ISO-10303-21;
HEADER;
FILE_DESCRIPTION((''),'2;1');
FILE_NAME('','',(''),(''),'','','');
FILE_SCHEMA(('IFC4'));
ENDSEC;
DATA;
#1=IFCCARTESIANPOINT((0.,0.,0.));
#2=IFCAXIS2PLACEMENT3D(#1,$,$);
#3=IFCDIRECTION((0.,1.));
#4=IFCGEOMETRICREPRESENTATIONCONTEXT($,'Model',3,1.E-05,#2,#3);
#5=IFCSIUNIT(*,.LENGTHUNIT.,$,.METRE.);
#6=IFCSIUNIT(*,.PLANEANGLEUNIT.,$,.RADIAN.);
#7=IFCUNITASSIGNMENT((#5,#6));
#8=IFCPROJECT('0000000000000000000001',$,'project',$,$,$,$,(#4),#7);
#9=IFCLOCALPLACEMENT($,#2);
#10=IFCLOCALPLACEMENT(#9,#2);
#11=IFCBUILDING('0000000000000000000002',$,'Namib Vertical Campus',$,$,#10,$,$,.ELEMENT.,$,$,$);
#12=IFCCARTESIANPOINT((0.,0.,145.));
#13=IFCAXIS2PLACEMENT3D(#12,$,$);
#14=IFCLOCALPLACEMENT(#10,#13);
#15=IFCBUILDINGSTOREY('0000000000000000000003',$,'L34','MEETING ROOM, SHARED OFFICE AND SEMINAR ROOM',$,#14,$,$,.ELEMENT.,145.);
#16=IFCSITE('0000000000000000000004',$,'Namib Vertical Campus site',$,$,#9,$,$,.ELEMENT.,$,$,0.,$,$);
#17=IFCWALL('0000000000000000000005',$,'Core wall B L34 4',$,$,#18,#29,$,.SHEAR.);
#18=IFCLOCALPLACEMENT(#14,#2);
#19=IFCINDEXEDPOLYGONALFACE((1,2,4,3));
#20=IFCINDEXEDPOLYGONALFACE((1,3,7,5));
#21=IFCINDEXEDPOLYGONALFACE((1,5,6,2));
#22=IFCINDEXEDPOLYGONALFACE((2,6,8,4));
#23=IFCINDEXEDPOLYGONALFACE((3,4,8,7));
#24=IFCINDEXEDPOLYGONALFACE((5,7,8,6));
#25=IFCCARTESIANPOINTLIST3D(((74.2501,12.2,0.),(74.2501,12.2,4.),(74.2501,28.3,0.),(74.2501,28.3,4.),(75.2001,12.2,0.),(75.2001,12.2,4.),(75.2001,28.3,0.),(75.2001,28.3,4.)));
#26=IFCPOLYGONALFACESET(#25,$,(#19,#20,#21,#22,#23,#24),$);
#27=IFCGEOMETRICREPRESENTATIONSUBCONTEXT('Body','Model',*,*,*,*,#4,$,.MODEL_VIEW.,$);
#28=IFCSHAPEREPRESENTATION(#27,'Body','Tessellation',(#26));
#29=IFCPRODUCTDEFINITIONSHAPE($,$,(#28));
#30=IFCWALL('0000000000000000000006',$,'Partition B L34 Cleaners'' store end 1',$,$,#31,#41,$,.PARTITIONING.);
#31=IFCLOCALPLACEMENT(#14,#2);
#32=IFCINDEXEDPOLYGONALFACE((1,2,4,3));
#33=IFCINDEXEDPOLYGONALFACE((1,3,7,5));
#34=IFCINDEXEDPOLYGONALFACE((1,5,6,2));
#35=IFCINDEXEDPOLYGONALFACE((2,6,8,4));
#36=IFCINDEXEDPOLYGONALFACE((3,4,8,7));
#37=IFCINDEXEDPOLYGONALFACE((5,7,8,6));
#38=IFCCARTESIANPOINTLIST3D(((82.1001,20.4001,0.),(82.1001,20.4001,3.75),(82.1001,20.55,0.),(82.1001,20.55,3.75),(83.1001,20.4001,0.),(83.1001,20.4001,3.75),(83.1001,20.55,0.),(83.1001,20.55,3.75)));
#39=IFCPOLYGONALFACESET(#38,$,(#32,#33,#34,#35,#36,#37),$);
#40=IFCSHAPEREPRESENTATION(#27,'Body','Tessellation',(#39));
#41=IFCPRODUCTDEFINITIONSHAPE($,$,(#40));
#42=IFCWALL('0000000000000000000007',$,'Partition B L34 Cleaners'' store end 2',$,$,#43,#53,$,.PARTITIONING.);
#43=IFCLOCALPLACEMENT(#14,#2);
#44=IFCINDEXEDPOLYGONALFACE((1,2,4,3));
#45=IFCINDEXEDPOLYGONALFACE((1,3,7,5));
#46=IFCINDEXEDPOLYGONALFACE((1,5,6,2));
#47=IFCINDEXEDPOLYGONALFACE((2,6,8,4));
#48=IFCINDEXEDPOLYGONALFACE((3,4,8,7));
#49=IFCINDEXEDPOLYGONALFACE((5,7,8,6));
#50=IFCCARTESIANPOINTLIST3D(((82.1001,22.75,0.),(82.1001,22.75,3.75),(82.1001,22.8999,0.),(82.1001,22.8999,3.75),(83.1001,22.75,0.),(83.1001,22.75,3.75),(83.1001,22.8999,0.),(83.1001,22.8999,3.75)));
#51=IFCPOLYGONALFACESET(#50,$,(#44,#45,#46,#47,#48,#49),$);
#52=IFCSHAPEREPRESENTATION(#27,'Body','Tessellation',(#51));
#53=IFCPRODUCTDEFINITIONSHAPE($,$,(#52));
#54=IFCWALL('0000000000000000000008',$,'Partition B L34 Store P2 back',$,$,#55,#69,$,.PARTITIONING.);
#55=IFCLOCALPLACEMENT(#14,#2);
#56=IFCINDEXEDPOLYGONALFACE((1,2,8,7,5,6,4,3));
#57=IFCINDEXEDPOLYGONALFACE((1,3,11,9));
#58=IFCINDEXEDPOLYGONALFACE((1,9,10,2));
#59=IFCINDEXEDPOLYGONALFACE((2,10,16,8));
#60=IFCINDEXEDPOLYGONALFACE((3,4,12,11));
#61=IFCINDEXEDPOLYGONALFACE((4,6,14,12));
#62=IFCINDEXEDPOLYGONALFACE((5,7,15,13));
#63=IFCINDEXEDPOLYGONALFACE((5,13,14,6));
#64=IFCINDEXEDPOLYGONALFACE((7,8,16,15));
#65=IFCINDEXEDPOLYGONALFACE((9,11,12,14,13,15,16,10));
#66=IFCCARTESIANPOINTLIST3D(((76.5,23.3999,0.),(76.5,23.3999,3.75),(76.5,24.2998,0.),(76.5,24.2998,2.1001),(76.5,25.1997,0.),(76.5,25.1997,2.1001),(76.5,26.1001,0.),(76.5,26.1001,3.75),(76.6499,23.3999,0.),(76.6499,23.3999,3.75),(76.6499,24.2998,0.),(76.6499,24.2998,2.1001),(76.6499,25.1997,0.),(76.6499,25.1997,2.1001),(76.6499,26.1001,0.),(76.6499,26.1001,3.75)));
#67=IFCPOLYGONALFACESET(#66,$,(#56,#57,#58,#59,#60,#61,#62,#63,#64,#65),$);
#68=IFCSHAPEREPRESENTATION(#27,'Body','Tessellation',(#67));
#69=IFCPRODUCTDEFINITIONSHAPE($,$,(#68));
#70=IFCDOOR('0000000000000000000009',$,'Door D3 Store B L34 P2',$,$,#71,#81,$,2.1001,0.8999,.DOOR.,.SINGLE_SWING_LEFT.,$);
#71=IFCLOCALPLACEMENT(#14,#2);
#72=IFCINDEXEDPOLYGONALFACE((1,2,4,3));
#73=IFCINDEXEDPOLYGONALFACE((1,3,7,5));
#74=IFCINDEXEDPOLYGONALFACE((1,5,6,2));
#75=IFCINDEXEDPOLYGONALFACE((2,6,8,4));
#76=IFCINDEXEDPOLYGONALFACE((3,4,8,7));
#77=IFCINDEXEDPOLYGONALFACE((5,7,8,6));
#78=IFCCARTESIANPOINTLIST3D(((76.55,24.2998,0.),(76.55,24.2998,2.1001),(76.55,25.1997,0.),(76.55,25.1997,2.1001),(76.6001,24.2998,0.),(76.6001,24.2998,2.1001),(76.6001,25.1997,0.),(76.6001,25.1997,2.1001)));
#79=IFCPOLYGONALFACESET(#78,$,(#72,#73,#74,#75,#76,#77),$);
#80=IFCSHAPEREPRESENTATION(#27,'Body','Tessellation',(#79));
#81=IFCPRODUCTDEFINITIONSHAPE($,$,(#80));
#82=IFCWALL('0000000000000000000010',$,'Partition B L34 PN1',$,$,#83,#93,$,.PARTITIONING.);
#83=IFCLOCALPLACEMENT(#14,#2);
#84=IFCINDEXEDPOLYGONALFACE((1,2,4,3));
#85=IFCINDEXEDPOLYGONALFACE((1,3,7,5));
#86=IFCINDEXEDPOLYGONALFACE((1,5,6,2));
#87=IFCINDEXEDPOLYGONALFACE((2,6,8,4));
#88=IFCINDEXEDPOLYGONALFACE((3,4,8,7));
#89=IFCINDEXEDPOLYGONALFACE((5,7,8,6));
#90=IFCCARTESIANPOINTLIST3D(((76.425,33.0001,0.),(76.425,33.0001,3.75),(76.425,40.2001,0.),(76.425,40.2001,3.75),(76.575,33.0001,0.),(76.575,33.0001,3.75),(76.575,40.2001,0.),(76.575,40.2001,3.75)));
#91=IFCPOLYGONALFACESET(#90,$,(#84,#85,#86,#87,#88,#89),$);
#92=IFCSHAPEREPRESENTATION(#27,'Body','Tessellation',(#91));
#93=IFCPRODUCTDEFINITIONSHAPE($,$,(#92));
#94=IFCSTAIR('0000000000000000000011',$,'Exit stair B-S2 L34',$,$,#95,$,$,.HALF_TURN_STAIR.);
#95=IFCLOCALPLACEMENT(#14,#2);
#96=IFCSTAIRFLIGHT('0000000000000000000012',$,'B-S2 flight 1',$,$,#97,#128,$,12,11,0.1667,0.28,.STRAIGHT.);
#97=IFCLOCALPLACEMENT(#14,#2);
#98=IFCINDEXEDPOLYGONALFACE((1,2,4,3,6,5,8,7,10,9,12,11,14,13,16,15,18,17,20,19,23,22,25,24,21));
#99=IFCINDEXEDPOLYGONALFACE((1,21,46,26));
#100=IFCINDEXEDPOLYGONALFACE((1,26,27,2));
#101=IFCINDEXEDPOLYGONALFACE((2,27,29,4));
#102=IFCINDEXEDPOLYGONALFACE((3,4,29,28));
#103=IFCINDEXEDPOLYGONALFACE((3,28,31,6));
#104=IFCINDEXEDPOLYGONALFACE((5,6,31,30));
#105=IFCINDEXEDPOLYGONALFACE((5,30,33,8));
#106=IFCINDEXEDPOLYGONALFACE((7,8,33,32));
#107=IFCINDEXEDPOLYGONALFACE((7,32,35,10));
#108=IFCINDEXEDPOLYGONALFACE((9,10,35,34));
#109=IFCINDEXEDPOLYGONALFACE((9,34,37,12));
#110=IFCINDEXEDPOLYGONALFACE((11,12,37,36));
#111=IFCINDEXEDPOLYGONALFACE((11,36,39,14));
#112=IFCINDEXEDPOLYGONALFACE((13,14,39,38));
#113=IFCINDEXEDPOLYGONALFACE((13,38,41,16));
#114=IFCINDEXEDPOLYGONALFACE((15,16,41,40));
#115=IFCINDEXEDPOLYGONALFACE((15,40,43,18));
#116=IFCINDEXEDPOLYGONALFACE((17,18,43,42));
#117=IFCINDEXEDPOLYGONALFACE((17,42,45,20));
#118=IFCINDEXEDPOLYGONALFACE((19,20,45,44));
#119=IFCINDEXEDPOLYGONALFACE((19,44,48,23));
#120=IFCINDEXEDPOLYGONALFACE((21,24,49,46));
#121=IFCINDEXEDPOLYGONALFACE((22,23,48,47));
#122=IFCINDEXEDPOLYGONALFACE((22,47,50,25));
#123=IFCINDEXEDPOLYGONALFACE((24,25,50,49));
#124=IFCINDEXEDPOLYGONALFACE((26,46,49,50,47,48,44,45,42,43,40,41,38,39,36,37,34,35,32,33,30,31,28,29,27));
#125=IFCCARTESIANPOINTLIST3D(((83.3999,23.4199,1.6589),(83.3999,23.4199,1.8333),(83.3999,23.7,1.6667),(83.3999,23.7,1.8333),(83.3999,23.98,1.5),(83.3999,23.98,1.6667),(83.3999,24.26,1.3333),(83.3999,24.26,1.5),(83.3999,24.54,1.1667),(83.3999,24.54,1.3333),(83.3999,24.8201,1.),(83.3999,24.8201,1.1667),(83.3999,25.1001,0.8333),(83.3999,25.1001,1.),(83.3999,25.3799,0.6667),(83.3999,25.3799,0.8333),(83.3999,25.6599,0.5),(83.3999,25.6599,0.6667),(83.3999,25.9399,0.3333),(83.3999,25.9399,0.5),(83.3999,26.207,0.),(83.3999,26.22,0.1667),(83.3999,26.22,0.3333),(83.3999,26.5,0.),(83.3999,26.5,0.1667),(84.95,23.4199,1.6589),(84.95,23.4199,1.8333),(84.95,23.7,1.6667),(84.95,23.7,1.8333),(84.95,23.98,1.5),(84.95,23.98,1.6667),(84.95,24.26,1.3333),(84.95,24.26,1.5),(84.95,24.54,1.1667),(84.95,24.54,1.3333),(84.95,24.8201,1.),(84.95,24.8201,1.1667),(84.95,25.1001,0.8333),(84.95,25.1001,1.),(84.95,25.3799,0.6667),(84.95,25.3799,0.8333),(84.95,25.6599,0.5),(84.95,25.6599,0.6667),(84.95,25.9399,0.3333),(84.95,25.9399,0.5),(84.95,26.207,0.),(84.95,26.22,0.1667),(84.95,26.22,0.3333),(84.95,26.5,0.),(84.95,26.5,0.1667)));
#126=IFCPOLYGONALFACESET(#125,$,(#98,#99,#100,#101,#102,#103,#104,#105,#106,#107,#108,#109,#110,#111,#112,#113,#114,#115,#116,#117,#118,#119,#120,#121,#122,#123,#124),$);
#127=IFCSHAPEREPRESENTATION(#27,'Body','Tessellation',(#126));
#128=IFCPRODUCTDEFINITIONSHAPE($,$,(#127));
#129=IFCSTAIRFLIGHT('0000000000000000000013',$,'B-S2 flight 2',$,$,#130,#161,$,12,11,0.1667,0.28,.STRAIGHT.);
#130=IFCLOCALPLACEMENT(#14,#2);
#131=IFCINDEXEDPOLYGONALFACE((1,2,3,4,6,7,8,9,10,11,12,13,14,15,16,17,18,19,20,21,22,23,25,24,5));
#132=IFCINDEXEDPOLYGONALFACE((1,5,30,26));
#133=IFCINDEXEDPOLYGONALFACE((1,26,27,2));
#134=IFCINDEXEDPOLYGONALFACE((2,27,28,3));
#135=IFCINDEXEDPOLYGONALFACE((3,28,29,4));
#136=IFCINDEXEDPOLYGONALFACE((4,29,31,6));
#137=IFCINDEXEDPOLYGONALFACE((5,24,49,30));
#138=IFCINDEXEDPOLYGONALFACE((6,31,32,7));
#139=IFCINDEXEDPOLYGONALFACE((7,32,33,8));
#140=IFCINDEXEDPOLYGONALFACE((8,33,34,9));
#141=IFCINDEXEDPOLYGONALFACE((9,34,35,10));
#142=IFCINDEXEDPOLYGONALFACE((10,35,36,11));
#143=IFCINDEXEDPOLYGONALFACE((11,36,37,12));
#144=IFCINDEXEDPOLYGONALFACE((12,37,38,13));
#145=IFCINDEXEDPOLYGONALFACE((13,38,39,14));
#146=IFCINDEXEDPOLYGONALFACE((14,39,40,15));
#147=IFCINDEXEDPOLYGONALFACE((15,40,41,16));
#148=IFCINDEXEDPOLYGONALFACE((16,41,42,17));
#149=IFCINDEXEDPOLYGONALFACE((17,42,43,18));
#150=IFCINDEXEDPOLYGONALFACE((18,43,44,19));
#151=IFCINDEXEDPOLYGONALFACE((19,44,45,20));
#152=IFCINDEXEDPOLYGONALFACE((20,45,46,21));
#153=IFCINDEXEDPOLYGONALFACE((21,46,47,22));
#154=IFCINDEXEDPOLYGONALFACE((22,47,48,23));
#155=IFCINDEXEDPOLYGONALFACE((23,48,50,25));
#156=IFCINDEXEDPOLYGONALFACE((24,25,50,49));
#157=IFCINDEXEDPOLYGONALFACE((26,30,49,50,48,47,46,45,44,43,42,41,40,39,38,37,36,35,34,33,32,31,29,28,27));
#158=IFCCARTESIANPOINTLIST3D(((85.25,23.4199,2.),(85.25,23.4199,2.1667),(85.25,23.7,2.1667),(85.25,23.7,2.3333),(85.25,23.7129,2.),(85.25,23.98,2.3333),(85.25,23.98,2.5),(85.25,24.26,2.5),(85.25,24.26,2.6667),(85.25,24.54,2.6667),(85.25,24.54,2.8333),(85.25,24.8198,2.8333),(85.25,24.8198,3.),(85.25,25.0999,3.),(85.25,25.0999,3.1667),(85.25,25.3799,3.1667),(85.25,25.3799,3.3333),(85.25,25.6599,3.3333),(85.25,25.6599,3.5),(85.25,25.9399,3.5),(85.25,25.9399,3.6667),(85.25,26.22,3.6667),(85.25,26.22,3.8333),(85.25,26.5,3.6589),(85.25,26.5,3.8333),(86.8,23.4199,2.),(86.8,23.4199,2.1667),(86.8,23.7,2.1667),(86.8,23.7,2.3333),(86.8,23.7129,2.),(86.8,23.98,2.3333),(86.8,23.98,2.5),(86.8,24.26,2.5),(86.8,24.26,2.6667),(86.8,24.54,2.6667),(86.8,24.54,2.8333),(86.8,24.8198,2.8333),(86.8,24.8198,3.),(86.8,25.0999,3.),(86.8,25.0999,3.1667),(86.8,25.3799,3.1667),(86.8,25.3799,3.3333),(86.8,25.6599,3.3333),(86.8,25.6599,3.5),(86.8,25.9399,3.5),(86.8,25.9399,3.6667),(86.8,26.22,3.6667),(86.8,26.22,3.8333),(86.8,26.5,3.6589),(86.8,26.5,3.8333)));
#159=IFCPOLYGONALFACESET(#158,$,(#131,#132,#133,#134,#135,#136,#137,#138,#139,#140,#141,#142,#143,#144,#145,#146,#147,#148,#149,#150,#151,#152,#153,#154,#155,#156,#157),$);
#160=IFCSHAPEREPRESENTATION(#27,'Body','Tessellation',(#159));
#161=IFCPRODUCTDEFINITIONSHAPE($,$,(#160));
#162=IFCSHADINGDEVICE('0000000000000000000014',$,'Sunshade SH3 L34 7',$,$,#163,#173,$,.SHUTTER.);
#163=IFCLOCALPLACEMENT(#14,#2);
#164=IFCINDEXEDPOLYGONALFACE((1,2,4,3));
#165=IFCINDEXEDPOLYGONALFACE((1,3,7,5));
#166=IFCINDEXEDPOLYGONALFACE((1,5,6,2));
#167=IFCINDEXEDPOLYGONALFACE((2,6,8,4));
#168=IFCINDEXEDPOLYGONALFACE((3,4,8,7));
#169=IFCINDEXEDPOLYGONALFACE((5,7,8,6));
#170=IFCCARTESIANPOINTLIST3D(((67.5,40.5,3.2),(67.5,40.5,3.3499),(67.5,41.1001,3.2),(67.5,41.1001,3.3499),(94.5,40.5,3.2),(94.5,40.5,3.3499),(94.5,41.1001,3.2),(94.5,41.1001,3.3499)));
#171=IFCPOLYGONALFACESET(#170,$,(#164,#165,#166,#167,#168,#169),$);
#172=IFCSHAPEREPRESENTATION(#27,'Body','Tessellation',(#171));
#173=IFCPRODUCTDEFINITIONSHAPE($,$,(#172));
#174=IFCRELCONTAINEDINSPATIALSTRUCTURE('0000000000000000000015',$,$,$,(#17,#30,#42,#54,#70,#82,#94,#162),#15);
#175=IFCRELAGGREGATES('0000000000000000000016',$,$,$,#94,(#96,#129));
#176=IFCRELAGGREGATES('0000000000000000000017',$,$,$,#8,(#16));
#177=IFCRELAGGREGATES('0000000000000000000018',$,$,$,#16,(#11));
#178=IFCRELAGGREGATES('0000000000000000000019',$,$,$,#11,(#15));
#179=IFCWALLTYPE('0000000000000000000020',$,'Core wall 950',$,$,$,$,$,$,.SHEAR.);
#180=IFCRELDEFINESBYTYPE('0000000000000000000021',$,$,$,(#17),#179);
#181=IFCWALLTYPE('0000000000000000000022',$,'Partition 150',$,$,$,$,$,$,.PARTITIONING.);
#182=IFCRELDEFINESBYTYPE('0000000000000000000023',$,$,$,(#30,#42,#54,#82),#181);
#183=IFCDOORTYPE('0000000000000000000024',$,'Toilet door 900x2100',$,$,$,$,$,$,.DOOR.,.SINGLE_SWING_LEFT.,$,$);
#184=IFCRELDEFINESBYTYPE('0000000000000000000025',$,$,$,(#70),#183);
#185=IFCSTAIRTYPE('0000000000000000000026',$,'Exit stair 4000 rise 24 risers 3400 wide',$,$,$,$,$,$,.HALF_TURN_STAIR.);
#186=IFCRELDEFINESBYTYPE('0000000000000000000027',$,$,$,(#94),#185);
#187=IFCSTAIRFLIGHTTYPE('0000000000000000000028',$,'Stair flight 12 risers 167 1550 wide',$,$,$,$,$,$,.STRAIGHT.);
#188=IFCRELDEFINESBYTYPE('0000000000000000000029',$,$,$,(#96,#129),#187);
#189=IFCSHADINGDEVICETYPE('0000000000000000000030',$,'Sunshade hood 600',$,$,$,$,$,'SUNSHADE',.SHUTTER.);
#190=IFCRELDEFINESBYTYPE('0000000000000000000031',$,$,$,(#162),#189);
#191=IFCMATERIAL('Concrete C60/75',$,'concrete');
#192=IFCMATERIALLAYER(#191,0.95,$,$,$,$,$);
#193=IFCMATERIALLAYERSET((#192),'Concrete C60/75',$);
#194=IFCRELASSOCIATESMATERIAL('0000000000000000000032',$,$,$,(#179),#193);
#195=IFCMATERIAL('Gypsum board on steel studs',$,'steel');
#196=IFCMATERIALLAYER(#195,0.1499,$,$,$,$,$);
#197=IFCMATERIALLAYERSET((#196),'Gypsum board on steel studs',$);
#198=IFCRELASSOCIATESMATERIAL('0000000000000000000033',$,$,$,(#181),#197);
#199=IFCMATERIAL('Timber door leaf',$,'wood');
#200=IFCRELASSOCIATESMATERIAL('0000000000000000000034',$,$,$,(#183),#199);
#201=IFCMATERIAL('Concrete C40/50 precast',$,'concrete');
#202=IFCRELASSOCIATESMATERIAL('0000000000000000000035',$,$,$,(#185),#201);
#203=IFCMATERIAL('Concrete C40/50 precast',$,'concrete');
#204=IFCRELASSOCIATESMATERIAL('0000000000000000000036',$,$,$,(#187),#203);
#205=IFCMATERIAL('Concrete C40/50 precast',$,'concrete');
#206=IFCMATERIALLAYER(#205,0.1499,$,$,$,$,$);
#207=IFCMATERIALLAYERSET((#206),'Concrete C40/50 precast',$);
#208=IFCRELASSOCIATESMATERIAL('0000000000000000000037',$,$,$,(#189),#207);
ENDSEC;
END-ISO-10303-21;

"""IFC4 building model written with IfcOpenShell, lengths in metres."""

from ifc_helpers import new_model, si_unit, direction, frame, frame_2d, origin, origin_2d, place, context, subcontext, project, spatial, polyline, rectangle, outline, extrude, material, layer, layer_set, type_object, element, fill, aggregate, save


model = new_model("IFC4")

# Units and contexts
model_context = context("Model", 3, precision=1e-05, world=origin(), true_north=direction((0.0, 1.0)))
body_context = subcontext(model_context, "Body", "Model", "MODEL_VIEW")
ifc_project = project(units=[si_unit("LENGTHUNIT", "METRE"), si_unit("PLANEANGLEUNIT", "RADIAN")], contexts=[model_context])

# Site, building, storey
site_placement = place(None, origin())
site = spatial("IfcSite", under=ifc_project, at=site_placement, Name="Namib Vertical Campus site", CompositionType="ELEMENT", RefElevation=0.0)
building_placement = place(site_placement, origin())
building = spatial("IfcBuilding", under=site, at=building_placement, Name="Namib Vertical Campus", CompositionType="ELEMENT")
storey_placement = place(building_placement, frame((0.0, 0.0, 145.0)))
storey = spatial("IfcBuildingStorey", under=building, at=storey_placement, Name="L34", Description="MEETING ROOM, SHARED OFFICE AND SEMINAR ROOM", CompositionType="ELEMENT", Elevation=145.0)

# Shared definitions
ifc_material_1 = material(Name="Concrete C60/75", Category="concrete")
ifc_layer_1 = layer(ifc_material_1, 0.95)
ifc_layer_set_1 = layer_set([ifc_layer_1], Name="Concrete C60/75")
wall_type_1 = type_object("IfcWallType", Name="Core wall 950", PredefinedType="SHEAR", material=ifc_layer_set_1)

# Walls
wall_1_placement = place(storey_placement, frame((74.7251, 28.3, 0.0), z_axis=(0.0, 0.0, 1.0), x_axis=(0.0, -1.0, 0.0)))
element("IfcWall", 1, at=wall_1_placement, inside=storey, type_object=wall_type_1, Name="Core wall B L34 4", PredefinedType="SHEAR", context=body_context, shape_type="SweptSolid", body=[
    extrude(rectangle(XDim=16.1001, YDim=0.95, at=frame_2d((8.05, 0.0))), origin(), (0.0, 0.0, 1.0), 4.0),
])
ifc_material_2 = material(Name="Gypsum board on steel studs", Category="steel")
ifc_layer_2 = layer(ifc_material_2, 0.1499)
ifc_layer_set_2 = layer_set([ifc_layer_2], Name="Gypsum board on steel studs")
wall_type_2 = type_object("IfcWallType", Name="Partition 150", PredefinedType="PARTITIONING", material=ifc_layer_set_2)
for number, where, z_axis, x_axis, name in (
    (2, (82.1001, 20.4751, 0.0), (0.0, 0.0, 1.0), (1.0, 0.0, 0.0), "Partition B L34 Cleaners' store end 1"),
    (3, (82.1001, 22.825, 0.0), (0.0, 0.0, 1.0), (1.0, 0.0, 0.0), "Partition B L34 Cleaners' store end 2"),
):
    element("IfcWall", number, at=place(storey_placement, frame(where, z_axis=z_axis, x_axis=x_axis)), inside=storey, type_object=wall_type_2, Name=name, PredefinedType="PARTITIONING", context=body_context, shape_type="SweptSolid", body=[
        extrude(rectangle(XDim=1.0, YDim=0.1499, at=frame_2d((0.5, 0.0))), origin(), (0.0, 0.0, 1.0), 3.75),
    ])

# Wall, opening, door
wall_2_placement = place(storey_placement, frame((76.575, 23.3999, 0.0), z_axis=(0.0, 0.0, 1.0), x_axis=(0.0, 1.0, 0.0)))
wall_2 = element("IfcWall", 4, at=wall_2_placement, inside=storey, type_object=wall_type_2, Name="Partition B L34 Store P2 back", PredefinedType="PARTITIONING", context=body_context, shape_type="SweptSolid", body=[
    extrude(rectangle(XDim=2.7002, YDim=0.1499, at=frame_2d((1.3501, 0.0))), origin(), (0.0, 0.0, 1.0), 3.75),
])
opening_1_placement = place(wall_2_placement, frame((0.8999, 0.0, 0.0)))
opening_1 = element("IfcOpeningElement", 5, at=opening_1_placement, cuts=wall_2, PredefinedType="OPENING", context=body_context, shape_type="SweptSolid", body=[
    extrude(rectangle(XDim=0.8999, YDim=2.1001, at=frame_2d((0.45, 1.05))), frame((0.0, 0.085, 0.0), z_axis=(0.0, -1.0, 0.0), x_axis=(1.0, 0.0, 0.0)), (0.0, 0.0, 1.0), 0.1699),
])
ifc_material_3 = material(Name="Timber door leaf", Category="wood")
door_type_1 = type_object("IfcDoorType", Name="Toilet door 900x2100", OperationType="SINGLE_SWING_LEFT", PredefinedType="DOOR", material=ifc_material_3)
door_1_placement = place(opening_1_placement, origin())
door_1 = element("IfcDoor", 6, at=door_1_placement, inside=storey, type_object=door_type_1, Name="Door D3 Store B L34 P2", OperationType="SINGLE_SWING_LEFT", OverallHeight=2.1001, OverallWidth=0.8999, PredefinedType="DOOR", context=body_context, shape_type="SweptSolid", body=[
    extrude(rectangle(XDim=0.8999, YDim=2.1001, at=frame_2d((0.45, 1.05))), frame((0.0, 0.0249, 0.0), z_axis=(0.0, -1.0, 0.0), x_axis=(1.0, 0.0, 0.0)), (0.0, 0.0, 1.0), 0.05),
])
fill(opening_1, door_1)

# Wall
wall_3_placement = place(storey_placement, frame((76.5, 33.0, 0.0), z_axis=(0.0, 0.0, 1.0), x_axis=(0.0, 1.0, 0.0)))
element("IfcWall", 7, at=wall_3_placement, inside=storey, type_object=wall_type_2, Name="Partition B L34 PN1", PredefinedType="PARTITIONING", context=body_context, shape_type="SweptSolid", body=[
    extrude(rectangle(XDim=7.2, YDim=0.1499, at=frame_2d((3.6001, 0.0))), origin(), (0.0, 0.0, 1.0), 3.75),
])

# Stair, stair flights
ifc_material_4 = material(Name="Concrete C40/50 precast", Category="concrete")
stair_type = type_object("IfcStairType", Name="Exit stair 4000 rise 24 risers 3400 wide", PredefinedType="HALF_TURN_STAIR", material=ifc_material_4)
stair_placement = place(storey_placement, origin())
stair = element("IfcStair", 8, at=stair_placement, inside=storey, type_object=stair_type, Name="Exit stair B-S2 L34", PredefinedType="HALF_TURN_STAIR")
ifc_material_5 = material(Name="Concrete C40/50 precast", Category="concrete")
stair_flight_type = type_object("IfcStairFlightType", Name="Stair flight 12 risers 167 1550 wide", PredefinedType="STRAIGHT", material=ifc_material_5)
stair_flight_1_placement = place(storey_placement, frame((84.175, 26.5, 0.0), z_axis=(0.0, 0.0, 1.0), x_axis=(0.0, -1.0, 0.0)))
stair_flight_1 = element("IfcStairFlight", 9, at=stair_flight_1_placement, type_object=stair_flight_type, Name="B-S2 flight 1", NumberOfRisers=12, NumberOfTreads=11, PredefinedType="STRAIGHT", RiserHeight=0.1667, TreadLength=0.28, context=body_context, shape_type="SweptSolid", body=[
    extrude(outline(polyline([(0.0, 0.0), (0.0, 0.1667), (0.28, 0.1667), (0.28, 0.3333), (0.5601, 0.3333), (0.5601, 0.5), (0.8401, 0.5), (0.8401, 0.6667), (1.1201, 0.6667), (1.1201, 0.8333), (1.3999, 0.8333), (1.3999, 1.0), (1.6799, 1.0), (1.6799, 1.1667), (1.96, 1.1667), (1.96, 1.3333), (2.24, 1.3333), (2.24, 1.5), (2.52, 1.5), (2.52, 1.6667), (2.8, 1.6667), (2.8, 1.8333), (3.0801, 1.8333), (3.0801, 2.0), (3.0801, 1.6589), (0.293, 0.0), (0.0, 0.0)])), frame((0.0, 0.7749, 0.0), z_axis=(0.0, -1.0, 0.0), x_axis=(1.0, 0.0, 0.0)), (0.0, 0.0, 1.0), 1.55),
])
stair_flight_2_placement = place(storey_placement, frame((86.0249, 23.4199, 2.0), z_axis=(0.0, 0.0, 1.0), x_axis=(0.0, 1.0, 0.0)))
stair_flight_2 = element("IfcStairFlight", 10, at=stair_flight_2_placement, type_object=stair_flight_type, Name="B-S2 flight 2", NumberOfRisers=12, NumberOfTreads=11, PredefinedType="STRAIGHT", RiserHeight=0.1667, TreadLength=0.28, context=body_context, shape_type="SweptSolid", body=[
    extrude(outline(polyline([(0.0, 0.0), (0.0, 0.1667), (0.28, 0.1667), (0.28, 0.3333), (0.5601, 0.3333), (0.5601, 0.5), (0.8401, 0.5), (0.8401, 0.6667), (1.1201, 0.6667), (1.1201, 0.8333), (1.3999, 0.8333), (1.3999, 1.0), (1.6799, 1.0), (1.6799, 1.1667), (1.96, 1.1667), (1.96, 1.3333), (2.24, 1.3333), (2.24, 1.5), (2.52, 1.5), (2.52, 1.6667), (2.8, 1.6667), (2.8, 1.8333), (3.0801, 1.8333), (3.0801, 2.0), (3.0801, 1.6589), (0.293, 0.0), (0.0, 0.0)])), frame((0.0, 0.7749, 0.0), z_axis=(0.0, -1.0, 0.0), x_axis=(1.0, 0.0, 0.0)), (0.0, 0.0, 1.0), 1.55),
])
aggregate(stair, [stair_flight_1, stair_flight_2])

# Shading device
ifc_material_6 = material(Name="Concrete C40/50 precast", Category="concrete")
ifc_layer_3 = layer(ifc_material_6, 0.1499)
ifc_layer_set_3 = layer_set([ifc_layer_3], Name="Concrete C40/50 precast")
shading_device_type = type_object("IfcShadingDeviceType", Name="Sunshade hood 600", ElementType="SUNSHADE", PredefinedType="SHUTTER", material=ifc_layer_set_3)
shading_device_placement = place(storey_placement, frame((81.0, 40.8, 3.2), z_axis=(0.0, 0.0, 1.0), x_axis=(-1.0, 0.0, 0.0)))
element("IfcShadingDevice", 11, at=shading_device_placement, inside=storey, type_object=shading_device_type, Name="Sunshade SH3 L34 7", PredefinedType="SHUTTER", context=body_context, shape_type="SweptSolid", body=[
    extrude(rectangle(XDim=27.0, YDim=0.6001, at=origin_2d()), origin(), (0.0, 0.0, 1.0), 0.1499),
])

save(model, "model.ifc")
